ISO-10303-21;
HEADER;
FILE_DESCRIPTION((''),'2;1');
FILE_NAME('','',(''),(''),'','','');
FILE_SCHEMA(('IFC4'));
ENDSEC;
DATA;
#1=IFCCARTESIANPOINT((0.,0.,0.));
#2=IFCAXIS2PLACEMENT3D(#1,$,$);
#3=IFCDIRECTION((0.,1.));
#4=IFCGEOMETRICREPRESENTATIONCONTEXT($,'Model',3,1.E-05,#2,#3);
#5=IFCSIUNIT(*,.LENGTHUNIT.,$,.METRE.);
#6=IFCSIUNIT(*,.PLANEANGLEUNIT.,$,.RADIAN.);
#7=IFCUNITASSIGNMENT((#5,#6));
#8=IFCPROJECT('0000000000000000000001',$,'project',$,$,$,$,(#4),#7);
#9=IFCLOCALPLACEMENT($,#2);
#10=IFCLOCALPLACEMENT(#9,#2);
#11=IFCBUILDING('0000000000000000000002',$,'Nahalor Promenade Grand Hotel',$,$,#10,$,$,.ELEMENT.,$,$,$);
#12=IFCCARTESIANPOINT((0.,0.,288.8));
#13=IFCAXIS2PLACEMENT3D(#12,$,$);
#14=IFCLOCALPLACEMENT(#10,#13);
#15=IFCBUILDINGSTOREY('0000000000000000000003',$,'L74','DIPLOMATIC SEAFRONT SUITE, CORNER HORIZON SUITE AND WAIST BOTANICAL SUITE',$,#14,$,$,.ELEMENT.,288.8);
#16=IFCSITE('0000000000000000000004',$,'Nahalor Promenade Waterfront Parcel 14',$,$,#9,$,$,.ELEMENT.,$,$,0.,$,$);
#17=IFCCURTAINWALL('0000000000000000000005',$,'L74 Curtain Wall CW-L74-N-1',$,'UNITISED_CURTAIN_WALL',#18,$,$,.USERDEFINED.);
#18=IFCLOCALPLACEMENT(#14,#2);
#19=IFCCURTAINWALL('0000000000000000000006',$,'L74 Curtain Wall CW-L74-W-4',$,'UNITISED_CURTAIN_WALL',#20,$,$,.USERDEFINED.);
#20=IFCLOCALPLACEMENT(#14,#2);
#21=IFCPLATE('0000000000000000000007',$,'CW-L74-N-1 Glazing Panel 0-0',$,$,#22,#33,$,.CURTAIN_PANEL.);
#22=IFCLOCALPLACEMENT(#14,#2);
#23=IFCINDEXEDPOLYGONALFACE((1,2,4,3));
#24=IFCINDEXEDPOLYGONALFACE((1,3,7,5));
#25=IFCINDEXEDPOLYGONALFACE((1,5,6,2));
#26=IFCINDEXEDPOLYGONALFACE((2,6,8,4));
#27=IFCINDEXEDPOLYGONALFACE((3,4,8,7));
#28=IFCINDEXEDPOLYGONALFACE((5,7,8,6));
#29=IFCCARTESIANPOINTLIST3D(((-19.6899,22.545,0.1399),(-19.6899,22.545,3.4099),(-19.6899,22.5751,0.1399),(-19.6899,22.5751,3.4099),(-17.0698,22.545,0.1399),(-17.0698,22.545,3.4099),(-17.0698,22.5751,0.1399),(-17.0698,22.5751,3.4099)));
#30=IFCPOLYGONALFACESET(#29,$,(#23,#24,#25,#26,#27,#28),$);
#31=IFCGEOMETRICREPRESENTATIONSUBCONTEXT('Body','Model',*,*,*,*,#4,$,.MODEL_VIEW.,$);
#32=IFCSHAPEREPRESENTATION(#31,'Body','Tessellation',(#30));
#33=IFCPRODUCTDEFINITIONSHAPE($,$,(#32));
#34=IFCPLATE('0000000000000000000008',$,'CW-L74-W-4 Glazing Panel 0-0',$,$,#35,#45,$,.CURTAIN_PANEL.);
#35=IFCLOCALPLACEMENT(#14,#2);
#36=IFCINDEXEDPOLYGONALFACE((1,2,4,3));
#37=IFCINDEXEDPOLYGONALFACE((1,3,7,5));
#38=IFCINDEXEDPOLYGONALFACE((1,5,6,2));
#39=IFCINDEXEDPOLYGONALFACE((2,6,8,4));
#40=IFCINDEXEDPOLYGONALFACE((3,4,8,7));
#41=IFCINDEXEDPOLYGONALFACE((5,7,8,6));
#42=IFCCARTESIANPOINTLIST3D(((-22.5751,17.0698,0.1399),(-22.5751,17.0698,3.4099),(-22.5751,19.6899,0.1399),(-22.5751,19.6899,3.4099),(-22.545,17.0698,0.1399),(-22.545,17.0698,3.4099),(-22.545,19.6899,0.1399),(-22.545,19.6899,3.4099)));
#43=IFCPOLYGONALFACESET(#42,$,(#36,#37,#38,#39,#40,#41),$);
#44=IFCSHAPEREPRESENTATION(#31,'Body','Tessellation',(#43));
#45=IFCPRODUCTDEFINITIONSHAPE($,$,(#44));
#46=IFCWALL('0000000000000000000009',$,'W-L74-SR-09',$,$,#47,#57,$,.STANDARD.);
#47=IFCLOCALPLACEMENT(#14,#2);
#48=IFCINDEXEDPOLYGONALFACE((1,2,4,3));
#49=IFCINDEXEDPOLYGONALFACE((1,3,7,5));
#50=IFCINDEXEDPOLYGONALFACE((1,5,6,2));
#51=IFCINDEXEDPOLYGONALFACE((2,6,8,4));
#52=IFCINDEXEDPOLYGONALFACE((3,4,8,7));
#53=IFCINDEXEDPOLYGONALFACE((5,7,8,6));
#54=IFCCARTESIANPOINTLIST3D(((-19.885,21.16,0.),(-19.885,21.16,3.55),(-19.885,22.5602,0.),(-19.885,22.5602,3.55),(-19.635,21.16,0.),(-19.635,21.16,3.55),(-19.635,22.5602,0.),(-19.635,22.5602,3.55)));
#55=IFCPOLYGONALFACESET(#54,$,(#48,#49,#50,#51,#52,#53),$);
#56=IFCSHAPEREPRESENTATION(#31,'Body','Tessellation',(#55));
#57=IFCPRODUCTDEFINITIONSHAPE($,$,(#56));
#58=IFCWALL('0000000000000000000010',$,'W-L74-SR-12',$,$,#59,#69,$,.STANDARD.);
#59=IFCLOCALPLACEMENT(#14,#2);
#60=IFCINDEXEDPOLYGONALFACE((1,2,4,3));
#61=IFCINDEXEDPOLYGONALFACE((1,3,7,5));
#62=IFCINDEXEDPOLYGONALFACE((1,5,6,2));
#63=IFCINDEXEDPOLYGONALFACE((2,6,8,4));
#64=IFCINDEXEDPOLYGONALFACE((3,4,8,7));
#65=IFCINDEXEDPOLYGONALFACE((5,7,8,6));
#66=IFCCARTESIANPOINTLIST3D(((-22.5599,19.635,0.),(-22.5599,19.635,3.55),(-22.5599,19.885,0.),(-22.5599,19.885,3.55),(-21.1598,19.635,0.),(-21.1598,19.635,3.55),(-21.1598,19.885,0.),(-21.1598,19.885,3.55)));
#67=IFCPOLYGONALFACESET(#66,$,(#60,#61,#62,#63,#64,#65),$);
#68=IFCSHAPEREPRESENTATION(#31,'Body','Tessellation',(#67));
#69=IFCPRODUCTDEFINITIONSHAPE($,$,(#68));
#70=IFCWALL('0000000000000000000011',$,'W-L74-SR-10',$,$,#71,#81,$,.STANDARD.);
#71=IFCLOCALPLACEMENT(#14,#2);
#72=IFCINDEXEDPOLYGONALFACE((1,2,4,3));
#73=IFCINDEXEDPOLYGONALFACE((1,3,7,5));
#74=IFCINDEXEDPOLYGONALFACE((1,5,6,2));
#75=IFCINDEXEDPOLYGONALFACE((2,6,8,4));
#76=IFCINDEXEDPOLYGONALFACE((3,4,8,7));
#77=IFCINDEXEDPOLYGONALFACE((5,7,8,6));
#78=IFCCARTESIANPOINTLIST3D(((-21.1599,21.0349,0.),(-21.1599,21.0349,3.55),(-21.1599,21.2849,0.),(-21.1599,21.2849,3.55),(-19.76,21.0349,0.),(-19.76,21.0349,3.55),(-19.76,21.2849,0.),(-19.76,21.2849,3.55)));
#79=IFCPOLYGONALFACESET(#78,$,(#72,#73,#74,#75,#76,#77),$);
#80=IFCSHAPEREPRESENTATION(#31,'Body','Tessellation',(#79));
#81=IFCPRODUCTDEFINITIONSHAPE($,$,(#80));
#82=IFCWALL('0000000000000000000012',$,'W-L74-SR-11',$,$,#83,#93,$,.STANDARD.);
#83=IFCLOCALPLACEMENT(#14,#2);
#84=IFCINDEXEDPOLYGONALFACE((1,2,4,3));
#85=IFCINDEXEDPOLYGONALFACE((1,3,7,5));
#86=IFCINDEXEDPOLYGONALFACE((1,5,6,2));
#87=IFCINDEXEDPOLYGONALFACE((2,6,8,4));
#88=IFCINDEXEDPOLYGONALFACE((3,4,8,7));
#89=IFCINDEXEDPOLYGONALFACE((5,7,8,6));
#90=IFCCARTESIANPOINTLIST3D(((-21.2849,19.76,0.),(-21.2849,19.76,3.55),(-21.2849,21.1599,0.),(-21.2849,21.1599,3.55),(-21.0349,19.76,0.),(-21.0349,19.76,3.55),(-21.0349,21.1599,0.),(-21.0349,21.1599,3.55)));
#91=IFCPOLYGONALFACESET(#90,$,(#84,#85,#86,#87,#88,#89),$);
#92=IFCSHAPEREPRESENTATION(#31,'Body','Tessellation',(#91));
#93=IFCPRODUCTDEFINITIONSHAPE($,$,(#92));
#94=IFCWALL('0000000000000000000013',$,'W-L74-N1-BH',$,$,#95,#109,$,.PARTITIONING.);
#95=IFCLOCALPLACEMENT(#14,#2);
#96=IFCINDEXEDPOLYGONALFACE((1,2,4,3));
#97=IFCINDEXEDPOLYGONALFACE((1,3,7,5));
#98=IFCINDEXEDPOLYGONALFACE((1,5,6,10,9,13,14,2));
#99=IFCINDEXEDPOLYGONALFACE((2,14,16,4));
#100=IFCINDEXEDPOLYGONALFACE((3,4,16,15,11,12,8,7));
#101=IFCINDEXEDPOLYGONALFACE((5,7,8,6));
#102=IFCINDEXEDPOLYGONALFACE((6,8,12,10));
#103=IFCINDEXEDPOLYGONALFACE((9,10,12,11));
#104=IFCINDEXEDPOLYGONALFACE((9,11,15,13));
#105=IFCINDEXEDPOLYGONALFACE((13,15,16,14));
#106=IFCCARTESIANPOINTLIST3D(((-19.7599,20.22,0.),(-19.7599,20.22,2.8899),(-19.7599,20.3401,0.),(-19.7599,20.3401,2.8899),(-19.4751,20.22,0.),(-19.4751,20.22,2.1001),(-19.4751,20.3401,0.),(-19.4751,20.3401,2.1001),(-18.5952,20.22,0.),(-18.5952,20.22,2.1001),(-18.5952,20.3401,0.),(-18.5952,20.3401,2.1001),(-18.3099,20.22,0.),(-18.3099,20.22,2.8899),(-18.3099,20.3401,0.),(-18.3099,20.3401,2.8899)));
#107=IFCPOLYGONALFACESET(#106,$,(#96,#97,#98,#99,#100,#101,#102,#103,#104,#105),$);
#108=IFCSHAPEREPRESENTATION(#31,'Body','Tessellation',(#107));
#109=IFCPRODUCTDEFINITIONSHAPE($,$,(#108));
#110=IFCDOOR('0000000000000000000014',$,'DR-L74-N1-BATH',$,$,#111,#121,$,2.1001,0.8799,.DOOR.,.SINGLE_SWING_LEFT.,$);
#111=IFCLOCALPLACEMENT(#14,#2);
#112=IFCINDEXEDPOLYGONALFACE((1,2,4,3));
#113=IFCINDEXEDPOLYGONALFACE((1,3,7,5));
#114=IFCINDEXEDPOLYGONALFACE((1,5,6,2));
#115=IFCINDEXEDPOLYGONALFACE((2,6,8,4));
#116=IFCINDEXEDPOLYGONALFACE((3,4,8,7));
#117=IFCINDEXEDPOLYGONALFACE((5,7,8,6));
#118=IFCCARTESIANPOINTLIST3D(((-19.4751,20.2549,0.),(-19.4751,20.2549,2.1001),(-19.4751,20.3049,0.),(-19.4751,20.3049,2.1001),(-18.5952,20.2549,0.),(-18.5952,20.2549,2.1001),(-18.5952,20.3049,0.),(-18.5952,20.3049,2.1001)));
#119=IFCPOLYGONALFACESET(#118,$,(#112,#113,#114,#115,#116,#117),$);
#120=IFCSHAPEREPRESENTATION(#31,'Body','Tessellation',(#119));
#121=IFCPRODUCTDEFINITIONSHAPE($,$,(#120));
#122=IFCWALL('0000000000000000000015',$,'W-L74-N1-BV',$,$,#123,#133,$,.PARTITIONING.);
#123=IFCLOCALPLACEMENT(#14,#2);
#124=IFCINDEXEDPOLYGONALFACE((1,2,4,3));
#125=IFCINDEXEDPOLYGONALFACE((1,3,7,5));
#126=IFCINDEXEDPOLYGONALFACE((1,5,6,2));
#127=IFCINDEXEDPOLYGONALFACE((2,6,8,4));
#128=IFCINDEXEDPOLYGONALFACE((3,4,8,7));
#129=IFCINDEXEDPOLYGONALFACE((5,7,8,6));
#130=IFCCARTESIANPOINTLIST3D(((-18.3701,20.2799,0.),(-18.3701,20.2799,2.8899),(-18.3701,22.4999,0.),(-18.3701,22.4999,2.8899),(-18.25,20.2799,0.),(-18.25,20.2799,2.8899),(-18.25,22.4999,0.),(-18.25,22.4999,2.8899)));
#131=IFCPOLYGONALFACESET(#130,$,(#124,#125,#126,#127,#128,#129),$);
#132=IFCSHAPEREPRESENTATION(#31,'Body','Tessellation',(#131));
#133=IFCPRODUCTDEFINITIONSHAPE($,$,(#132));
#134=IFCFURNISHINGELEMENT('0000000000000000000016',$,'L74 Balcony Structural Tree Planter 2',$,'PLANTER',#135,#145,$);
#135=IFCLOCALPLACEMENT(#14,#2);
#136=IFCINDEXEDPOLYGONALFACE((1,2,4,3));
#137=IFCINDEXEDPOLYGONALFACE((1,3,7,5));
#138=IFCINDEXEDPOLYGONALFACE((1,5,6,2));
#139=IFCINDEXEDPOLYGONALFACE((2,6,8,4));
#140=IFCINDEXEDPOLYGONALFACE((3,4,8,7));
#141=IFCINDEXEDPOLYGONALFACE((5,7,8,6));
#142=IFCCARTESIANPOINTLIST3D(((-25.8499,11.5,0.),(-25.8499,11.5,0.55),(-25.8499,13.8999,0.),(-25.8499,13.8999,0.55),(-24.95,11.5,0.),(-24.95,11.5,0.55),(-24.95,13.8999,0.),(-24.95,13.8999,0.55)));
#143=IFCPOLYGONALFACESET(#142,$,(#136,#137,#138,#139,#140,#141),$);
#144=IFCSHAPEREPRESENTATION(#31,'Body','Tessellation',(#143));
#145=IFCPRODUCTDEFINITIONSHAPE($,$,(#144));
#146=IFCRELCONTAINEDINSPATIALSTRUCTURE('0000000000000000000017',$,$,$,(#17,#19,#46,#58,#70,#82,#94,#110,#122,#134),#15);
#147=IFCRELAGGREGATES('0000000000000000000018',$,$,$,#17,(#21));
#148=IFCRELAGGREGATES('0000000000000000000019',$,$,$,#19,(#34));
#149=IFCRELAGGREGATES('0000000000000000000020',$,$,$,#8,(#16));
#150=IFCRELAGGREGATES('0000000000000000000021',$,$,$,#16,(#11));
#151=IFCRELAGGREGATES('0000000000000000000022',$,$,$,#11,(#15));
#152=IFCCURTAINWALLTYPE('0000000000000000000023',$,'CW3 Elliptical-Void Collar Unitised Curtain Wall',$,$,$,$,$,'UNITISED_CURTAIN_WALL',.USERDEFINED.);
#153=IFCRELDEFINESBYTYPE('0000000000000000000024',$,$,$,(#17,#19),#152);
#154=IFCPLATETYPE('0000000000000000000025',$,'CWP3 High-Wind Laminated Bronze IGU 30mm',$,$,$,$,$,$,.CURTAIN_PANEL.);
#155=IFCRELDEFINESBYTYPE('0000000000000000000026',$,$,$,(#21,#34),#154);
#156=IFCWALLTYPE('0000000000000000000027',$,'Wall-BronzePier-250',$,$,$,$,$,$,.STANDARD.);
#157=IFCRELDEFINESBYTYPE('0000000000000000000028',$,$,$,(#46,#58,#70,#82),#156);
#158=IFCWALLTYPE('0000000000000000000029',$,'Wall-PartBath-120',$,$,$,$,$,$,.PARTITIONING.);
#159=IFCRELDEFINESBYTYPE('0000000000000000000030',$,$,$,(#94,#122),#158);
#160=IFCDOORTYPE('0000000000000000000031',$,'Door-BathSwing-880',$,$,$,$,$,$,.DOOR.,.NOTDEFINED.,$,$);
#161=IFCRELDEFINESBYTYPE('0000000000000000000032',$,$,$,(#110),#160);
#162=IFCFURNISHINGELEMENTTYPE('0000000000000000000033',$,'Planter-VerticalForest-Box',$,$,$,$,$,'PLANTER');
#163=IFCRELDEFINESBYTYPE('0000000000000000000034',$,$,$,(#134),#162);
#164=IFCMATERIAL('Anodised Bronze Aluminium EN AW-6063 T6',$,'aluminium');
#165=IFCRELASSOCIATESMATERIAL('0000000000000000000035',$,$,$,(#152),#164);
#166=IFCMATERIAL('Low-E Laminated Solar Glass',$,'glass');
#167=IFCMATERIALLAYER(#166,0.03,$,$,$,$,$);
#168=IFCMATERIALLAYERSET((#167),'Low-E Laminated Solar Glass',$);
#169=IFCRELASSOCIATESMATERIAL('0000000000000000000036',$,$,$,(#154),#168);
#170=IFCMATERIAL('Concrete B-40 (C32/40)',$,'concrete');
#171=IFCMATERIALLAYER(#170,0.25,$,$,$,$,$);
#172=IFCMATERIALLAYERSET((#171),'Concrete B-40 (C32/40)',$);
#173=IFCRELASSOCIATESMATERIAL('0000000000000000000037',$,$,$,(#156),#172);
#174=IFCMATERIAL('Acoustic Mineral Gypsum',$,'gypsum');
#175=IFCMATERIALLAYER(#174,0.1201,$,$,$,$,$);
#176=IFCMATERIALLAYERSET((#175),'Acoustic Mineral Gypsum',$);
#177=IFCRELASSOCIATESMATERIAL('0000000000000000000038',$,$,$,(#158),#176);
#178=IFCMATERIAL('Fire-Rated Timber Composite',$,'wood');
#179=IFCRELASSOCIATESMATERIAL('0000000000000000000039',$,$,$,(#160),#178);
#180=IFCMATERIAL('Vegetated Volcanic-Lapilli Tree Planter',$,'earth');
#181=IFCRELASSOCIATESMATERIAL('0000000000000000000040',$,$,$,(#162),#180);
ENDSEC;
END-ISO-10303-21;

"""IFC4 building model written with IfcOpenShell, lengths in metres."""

from ifc_helpers import new_model, si_unit, direction, frame, frame_2d, origin, origin_2d, place, context, subcontext, project, spatial, rectangle, extrude, source, transform, mapped, material, layer, layer_set, type_object, element, fill, aggregate, save


model = new_model("IFC4")

# Units and contexts
model_context = context("Model", 3, precision=1e-05, world=origin(), true_north=direction((0.0, 1.0)))
body_context = subcontext(model_context, "Body", "Model", "MODEL_VIEW")
ifc_project = project(units=[si_unit("LENGTHUNIT", "METRE"), si_unit("PLANEANGLEUNIT", "RADIAN")], contexts=[model_context])

# Site, building, storey
site_placement = place(None, origin())
site = spatial("IfcSite", under=ifc_project, at=site_placement, Name="Nahalor Promenade Waterfront Parcel 14", CompositionType="ELEMENT", RefElevation=0.0)
building_placement = place(site_placement, origin())
building = spatial("IfcBuilding", under=site, at=building_placement, Name="Nahalor Promenade Grand Hotel", CompositionType="ELEMENT")
storey_placement = place(building_placement, frame((0.0, 0.0, 288.8)))
storey = spatial("IfcBuildingStorey", under=building, at=storey_placement, Name="L74", Description="DIPLOMATIC SEAFRONT SUITE, CORNER HORIZON SUITE AND WAIST BOTANICAL SUITE", CompositionType="ELEMENT", Elevation=288.8)

# Curtain walls
ifc_material_1 = material(Name="Anodised Bronze Aluminium EN AW-6063 T6", Category="aluminium")
curtain_wall_type = type_object("IfcCurtainWallType", Name="CW3 Elliptical-Void Collar Unitised Curtain Wall", ElementType="UNITISED_CURTAIN_WALL", PredefinedType="USERDEFINED", material=ifc_material_1)
curtain_wall_1_placement = place(storey_placement, origin())
curtain_wall_1 = element("IfcCurtainWall", 1, at=curtain_wall_1_placement, inside=storey, type_object=curtain_wall_type, Name="L74 Curtain Wall CW-L74-N-1", ObjectType="UNITISED_CURTAIN_WALL", PredefinedType="USERDEFINED")
curtain_wall_2_placement = place(storey_placement, origin())
curtain_wall_2 = element("IfcCurtainWall", 2, at=curtain_wall_2_placement, inside=storey, type_object=curtain_wall_type, Name="L74 Curtain Wall CW-L74-W-4", ObjectType="UNITISED_CURTAIN_WALL", PredefinedType="USERDEFINED")

# Plates
ifc_material_2 = material(Name="Low-E Laminated Solar Glass", Category="glass")
ifc_layer_1 = layer(ifc_material_2, 0.03)
ifc_layer_set_1 = layer_set([ifc_layer_1], Name="Low-E Laminated Solar Glass")
plate_type = type_object("IfcPlateType", Name="CWP3 High-Wind Laminated Bronze IGU 30mm", PredefinedType="CURTAIN_PANEL", material=ifc_layer_set_1)
shared_shape_1 = source(origin(), body_context, "Body", "SweptSolid", [
    extrude(rectangle(XDim=2.6201, YDim=0.03, at=origin_2d()), origin(), (0.0, 0.0, 1.0), 3.27),
])
plate_1_placement = place(storey_placement, frame((-18.3799, 22.5601, 0.1399), z_axis=(0.0, 0.0, 1.0), x_axis=(1.0, 0.0, 0.0)))
plate_1 = element("IfcPlate", 3, at=plate_1_placement, type_object=plate_type, Name="CW-L74-N-1 Glazing Panel 0-0", PredefinedType="CURTAIN_PANEL", context=body_context, shape_type="MappedRepresentation", body=[
    mapped(shared_shape_1, transform((0.0, 0.0, 0.0), scale=1.0)),
])
aggregate(curtain_wall_1, [plate_1])
plate_2_placement = place(storey_placement, frame((-22.5601, 18.3799, 0.1399), z_axis=(0.0, 0.0, 1.0), x_axis=(0.0, 1.0, 0.0)))
plate_2 = element("IfcPlate", 4, at=plate_2_placement, type_object=plate_type, Name="CW-L74-W-4 Glazing Panel 0-0", PredefinedType="CURTAIN_PANEL", context=body_context, shape_type="MappedRepresentation", body=[
    mapped(shared_shape_1, transform((0.0, 0.0, 0.0), scale=1.0)),
])
aggregate(curtain_wall_2, [plate_2])

# Walls
ifc_material_3 = material(Name="Concrete B-40 (C32/40)", Category="concrete")
ifc_layer_2 = layer(ifc_material_3, 0.25)
ifc_layer_set_2 = layer_set([ifc_layer_2], Name="Concrete B-40 (C32/40)")
wall_type_1 = type_object("IfcWallType", Name="Wall-BronzePier-250", PredefinedType="STANDARD", material=ifc_layer_set_2)
shared_shape_2 = source(origin(), body_context, "Body", "SweptSolid", [
    extrude(rectangle(XDim=1.4001, YDim=0.25, at=frame_2d((0.7002, 0.0))), origin(), (0.0, 0.0, 1.0), 3.55),
])
for number, where, z_axis, x_axis, name in (
    (5, (-19.76, 21.1599, 0.0), (0.0, 0.0, 1.0), (0.0, 1.0, 0.0), "W-L74-SR-09"),
    (6, (-22.5601, 19.76, 0.0), (0.0, 0.0, 1.0), (1.0, 0.0, 0.0), "W-L74-SR-12"),
):
    element("IfcWall", number, at=place(storey_placement, frame(where, z_axis=z_axis, x_axis=x_axis)), inside=storey, type_object=wall_type_1, Name=name, PredefinedType="STANDARD", context=body_context, shape_type="MappedRepresentation", body=[
        mapped(shared_shape_2, transform((0.0, 0.0, 0.0), scale=1.0)),
    ])
shared_shape_3 = source(origin(), body_context, "Body", "SweptSolid", [
    extrude(rectangle(XDim=1.3999, YDim=0.25, at=frame_2d((0.7, 0.0))), origin(), (0.0, 0.0, 1.0), 3.55),
])
for number, where, z_axis, x_axis, name in (
    (7, (-21.1599, 21.1599, 0.0), (0.0, 0.0, 1.0), (1.0, 0.0, 0.0), "W-L74-SR-10"),
    (8, (-21.1599, 19.76, 0.0), (0.0, 0.0, 1.0), (0.0, 1.0, 0.0), "W-L74-SR-11"),
):
    element("IfcWall", number, at=place(storey_placement, frame(where, z_axis=z_axis, x_axis=x_axis)), inside=storey, type_object=wall_type_1, Name=name, PredefinedType="STANDARD", context=body_context, shape_type="MappedRepresentation", body=[
        mapped(shared_shape_3, transform((0.0, 0.0, 0.0), scale=1.0)),
    ])

# Wall, opening, door
ifc_material_4 = material(Name="Acoustic Mineral Gypsum", Category="gypsum")
ifc_layer_3 = layer(ifc_material_4, 0.1201)
ifc_layer_set_3 = layer_set([ifc_layer_3], Name="Acoustic Mineral Gypsum")
wall_type_2 = type_object("IfcWallType", Name="Wall-PartBath-120", PredefinedType="PARTITIONING", material=ifc_layer_set_3)
shared_shape_4 = source(origin(), body_context, "Body", "SweptSolid", [
    extrude(rectangle(XDim=1.45, YDim=0.1201, at=frame_2d((0.7251, 0.0))), origin(), (0.0, 0.0, 1.0), 2.8899),
])
wall_1_placement = place(storey_placement, frame((-19.76, 20.28, 0.0), z_axis=(0.0, 0.0, 1.0), x_axis=(1.0, 0.0, 0.0)))
wall_1 = element("IfcWall", 9, at=wall_1_placement, inside=storey, type_object=wall_type_2, Name="W-L74-N1-BH", PredefinedType="PARTITIONING", context=body_context, shape_type="MappedRepresentation", body=[
    mapped(shared_shape_4, transform((0.0, 0.0, 0.0), scale=1.0)),
])
opening_placement = place(wall_1_placement, frame((0.2849, 0.0, 0.0)))
opening = element("IfcOpeningElement", 10, at=opening_placement, cuts=wall_1, PredefinedType="OPENING", context=body_context, shape_type="SweptSolid", body=[
    extrude(rectangle(XDim=0.8799, YDim=2.1001, at=frame_2d((0.4399, 1.05))), frame((0.0, 0.0701, 0.0), z_axis=(0.0, -1.0, 0.0), x_axis=(1.0, 0.0, 0.0)), (0.0, 0.0, 1.0), 0.1401),
])
ifc_material_5 = material(Name="Fire-Rated Timber Composite", Category="wood")
door_type = type_object("IfcDoorType", Name="Door-BathSwing-880", OperationType="NOTDEFINED", PredefinedType="DOOR", material=ifc_material_5)
shared_shape_5 = source(origin(), body_context, "Body", "SweptSolid", [
    extrude(rectangle(XDim=0.8799, YDim=2.1001, at=frame_2d((0.4399, 1.05))), frame((0.0, 0.0249, 0.0), z_axis=(0.0, -1.0, 0.0), x_axis=(1.0, 0.0, 0.0)), (0.0, 0.0, 1.0), 0.05),
])
door_placement = place(opening_placement, origin())
door = element("IfcDoor", 11, at=door_placement, inside=storey, type_object=door_type, Name="DR-L74-N1-BATH", OperationType="SINGLE_SWING_LEFT", OverallHeight=2.1001, OverallWidth=0.8799, PredefinedType="DOOR", context=body_context, shape_type="MappedRepresentation", body=[
    mapped(shared_shape_5, transform((0.0, 0.0, 0.0), scale=1.0)),
])
fill(opening, door)

# Wall
shared_shape_6 = source(origin(), body_context, "Body", "SweptSolid", [
    extrude(rectangle(XDim=2.22, YDim=0.1201, at=frame_2d((1.1099, 0.0))), origin(), (0.0, 0.0, 1.0), 2.8899),
])
wall_2_placement = place(storey_placement, frame((-18.3101, 20.28, 0.0), z_axis=(0.0, 0.0, 1.0), x_axis=(0.0, 1.0, 0.0)))
element("IfcWall", 12, at=wall_2_placement, inside=storey, type_object=wall_type_2, Name="W-L74-N1-BV", PredefinedType="PARTITIONING", context=body_context, shape_type="MappedRepresentation", body=[
    mapped(shared_shape_6, transform((0.0, 0.0, 0.0), scale=1.0)),
])

# Furnishing element
ifc_material_6 = material(Name="Vegetated Volcanic-Lapilli Tree Planter", Category="earth")
furnishing_element_type = type_object("IfcFurnishingElementType", Name="Planter-VerticalForest-Box", ElementType="PLANTER", material=ifc_material_6)
shared_shape_7 = source(origin(), body_context, "Body", "SweptSolid", [
    extrude(rectangle(XDim=2.3999, YDim=0.8999, at=origin_2d()), origin(), (0.0, 0.0, 1.0), 0.55),
])
furnishing_placement = place(storey_placement, frame((-25.3999, 12.7, 0.0), z_axis=(0.0, 0.0, 1.0), x_axis=(0.0, 1.0, 0.0)))
element("IfcFurnishingElement", 13, at=furnishing_placement, inside=storey, type_object=furnishing_element_type, Name="L74 Balcony Structural Tree Planter 2", ObjectType="PLANTER", context=body_context, shape_type="MappedRepresentation", body=[
    mapped(shared_shape_7, transform((0.0, 0.0, 0.0), scale=1.0)),
])

save(model, "model.ifc")
